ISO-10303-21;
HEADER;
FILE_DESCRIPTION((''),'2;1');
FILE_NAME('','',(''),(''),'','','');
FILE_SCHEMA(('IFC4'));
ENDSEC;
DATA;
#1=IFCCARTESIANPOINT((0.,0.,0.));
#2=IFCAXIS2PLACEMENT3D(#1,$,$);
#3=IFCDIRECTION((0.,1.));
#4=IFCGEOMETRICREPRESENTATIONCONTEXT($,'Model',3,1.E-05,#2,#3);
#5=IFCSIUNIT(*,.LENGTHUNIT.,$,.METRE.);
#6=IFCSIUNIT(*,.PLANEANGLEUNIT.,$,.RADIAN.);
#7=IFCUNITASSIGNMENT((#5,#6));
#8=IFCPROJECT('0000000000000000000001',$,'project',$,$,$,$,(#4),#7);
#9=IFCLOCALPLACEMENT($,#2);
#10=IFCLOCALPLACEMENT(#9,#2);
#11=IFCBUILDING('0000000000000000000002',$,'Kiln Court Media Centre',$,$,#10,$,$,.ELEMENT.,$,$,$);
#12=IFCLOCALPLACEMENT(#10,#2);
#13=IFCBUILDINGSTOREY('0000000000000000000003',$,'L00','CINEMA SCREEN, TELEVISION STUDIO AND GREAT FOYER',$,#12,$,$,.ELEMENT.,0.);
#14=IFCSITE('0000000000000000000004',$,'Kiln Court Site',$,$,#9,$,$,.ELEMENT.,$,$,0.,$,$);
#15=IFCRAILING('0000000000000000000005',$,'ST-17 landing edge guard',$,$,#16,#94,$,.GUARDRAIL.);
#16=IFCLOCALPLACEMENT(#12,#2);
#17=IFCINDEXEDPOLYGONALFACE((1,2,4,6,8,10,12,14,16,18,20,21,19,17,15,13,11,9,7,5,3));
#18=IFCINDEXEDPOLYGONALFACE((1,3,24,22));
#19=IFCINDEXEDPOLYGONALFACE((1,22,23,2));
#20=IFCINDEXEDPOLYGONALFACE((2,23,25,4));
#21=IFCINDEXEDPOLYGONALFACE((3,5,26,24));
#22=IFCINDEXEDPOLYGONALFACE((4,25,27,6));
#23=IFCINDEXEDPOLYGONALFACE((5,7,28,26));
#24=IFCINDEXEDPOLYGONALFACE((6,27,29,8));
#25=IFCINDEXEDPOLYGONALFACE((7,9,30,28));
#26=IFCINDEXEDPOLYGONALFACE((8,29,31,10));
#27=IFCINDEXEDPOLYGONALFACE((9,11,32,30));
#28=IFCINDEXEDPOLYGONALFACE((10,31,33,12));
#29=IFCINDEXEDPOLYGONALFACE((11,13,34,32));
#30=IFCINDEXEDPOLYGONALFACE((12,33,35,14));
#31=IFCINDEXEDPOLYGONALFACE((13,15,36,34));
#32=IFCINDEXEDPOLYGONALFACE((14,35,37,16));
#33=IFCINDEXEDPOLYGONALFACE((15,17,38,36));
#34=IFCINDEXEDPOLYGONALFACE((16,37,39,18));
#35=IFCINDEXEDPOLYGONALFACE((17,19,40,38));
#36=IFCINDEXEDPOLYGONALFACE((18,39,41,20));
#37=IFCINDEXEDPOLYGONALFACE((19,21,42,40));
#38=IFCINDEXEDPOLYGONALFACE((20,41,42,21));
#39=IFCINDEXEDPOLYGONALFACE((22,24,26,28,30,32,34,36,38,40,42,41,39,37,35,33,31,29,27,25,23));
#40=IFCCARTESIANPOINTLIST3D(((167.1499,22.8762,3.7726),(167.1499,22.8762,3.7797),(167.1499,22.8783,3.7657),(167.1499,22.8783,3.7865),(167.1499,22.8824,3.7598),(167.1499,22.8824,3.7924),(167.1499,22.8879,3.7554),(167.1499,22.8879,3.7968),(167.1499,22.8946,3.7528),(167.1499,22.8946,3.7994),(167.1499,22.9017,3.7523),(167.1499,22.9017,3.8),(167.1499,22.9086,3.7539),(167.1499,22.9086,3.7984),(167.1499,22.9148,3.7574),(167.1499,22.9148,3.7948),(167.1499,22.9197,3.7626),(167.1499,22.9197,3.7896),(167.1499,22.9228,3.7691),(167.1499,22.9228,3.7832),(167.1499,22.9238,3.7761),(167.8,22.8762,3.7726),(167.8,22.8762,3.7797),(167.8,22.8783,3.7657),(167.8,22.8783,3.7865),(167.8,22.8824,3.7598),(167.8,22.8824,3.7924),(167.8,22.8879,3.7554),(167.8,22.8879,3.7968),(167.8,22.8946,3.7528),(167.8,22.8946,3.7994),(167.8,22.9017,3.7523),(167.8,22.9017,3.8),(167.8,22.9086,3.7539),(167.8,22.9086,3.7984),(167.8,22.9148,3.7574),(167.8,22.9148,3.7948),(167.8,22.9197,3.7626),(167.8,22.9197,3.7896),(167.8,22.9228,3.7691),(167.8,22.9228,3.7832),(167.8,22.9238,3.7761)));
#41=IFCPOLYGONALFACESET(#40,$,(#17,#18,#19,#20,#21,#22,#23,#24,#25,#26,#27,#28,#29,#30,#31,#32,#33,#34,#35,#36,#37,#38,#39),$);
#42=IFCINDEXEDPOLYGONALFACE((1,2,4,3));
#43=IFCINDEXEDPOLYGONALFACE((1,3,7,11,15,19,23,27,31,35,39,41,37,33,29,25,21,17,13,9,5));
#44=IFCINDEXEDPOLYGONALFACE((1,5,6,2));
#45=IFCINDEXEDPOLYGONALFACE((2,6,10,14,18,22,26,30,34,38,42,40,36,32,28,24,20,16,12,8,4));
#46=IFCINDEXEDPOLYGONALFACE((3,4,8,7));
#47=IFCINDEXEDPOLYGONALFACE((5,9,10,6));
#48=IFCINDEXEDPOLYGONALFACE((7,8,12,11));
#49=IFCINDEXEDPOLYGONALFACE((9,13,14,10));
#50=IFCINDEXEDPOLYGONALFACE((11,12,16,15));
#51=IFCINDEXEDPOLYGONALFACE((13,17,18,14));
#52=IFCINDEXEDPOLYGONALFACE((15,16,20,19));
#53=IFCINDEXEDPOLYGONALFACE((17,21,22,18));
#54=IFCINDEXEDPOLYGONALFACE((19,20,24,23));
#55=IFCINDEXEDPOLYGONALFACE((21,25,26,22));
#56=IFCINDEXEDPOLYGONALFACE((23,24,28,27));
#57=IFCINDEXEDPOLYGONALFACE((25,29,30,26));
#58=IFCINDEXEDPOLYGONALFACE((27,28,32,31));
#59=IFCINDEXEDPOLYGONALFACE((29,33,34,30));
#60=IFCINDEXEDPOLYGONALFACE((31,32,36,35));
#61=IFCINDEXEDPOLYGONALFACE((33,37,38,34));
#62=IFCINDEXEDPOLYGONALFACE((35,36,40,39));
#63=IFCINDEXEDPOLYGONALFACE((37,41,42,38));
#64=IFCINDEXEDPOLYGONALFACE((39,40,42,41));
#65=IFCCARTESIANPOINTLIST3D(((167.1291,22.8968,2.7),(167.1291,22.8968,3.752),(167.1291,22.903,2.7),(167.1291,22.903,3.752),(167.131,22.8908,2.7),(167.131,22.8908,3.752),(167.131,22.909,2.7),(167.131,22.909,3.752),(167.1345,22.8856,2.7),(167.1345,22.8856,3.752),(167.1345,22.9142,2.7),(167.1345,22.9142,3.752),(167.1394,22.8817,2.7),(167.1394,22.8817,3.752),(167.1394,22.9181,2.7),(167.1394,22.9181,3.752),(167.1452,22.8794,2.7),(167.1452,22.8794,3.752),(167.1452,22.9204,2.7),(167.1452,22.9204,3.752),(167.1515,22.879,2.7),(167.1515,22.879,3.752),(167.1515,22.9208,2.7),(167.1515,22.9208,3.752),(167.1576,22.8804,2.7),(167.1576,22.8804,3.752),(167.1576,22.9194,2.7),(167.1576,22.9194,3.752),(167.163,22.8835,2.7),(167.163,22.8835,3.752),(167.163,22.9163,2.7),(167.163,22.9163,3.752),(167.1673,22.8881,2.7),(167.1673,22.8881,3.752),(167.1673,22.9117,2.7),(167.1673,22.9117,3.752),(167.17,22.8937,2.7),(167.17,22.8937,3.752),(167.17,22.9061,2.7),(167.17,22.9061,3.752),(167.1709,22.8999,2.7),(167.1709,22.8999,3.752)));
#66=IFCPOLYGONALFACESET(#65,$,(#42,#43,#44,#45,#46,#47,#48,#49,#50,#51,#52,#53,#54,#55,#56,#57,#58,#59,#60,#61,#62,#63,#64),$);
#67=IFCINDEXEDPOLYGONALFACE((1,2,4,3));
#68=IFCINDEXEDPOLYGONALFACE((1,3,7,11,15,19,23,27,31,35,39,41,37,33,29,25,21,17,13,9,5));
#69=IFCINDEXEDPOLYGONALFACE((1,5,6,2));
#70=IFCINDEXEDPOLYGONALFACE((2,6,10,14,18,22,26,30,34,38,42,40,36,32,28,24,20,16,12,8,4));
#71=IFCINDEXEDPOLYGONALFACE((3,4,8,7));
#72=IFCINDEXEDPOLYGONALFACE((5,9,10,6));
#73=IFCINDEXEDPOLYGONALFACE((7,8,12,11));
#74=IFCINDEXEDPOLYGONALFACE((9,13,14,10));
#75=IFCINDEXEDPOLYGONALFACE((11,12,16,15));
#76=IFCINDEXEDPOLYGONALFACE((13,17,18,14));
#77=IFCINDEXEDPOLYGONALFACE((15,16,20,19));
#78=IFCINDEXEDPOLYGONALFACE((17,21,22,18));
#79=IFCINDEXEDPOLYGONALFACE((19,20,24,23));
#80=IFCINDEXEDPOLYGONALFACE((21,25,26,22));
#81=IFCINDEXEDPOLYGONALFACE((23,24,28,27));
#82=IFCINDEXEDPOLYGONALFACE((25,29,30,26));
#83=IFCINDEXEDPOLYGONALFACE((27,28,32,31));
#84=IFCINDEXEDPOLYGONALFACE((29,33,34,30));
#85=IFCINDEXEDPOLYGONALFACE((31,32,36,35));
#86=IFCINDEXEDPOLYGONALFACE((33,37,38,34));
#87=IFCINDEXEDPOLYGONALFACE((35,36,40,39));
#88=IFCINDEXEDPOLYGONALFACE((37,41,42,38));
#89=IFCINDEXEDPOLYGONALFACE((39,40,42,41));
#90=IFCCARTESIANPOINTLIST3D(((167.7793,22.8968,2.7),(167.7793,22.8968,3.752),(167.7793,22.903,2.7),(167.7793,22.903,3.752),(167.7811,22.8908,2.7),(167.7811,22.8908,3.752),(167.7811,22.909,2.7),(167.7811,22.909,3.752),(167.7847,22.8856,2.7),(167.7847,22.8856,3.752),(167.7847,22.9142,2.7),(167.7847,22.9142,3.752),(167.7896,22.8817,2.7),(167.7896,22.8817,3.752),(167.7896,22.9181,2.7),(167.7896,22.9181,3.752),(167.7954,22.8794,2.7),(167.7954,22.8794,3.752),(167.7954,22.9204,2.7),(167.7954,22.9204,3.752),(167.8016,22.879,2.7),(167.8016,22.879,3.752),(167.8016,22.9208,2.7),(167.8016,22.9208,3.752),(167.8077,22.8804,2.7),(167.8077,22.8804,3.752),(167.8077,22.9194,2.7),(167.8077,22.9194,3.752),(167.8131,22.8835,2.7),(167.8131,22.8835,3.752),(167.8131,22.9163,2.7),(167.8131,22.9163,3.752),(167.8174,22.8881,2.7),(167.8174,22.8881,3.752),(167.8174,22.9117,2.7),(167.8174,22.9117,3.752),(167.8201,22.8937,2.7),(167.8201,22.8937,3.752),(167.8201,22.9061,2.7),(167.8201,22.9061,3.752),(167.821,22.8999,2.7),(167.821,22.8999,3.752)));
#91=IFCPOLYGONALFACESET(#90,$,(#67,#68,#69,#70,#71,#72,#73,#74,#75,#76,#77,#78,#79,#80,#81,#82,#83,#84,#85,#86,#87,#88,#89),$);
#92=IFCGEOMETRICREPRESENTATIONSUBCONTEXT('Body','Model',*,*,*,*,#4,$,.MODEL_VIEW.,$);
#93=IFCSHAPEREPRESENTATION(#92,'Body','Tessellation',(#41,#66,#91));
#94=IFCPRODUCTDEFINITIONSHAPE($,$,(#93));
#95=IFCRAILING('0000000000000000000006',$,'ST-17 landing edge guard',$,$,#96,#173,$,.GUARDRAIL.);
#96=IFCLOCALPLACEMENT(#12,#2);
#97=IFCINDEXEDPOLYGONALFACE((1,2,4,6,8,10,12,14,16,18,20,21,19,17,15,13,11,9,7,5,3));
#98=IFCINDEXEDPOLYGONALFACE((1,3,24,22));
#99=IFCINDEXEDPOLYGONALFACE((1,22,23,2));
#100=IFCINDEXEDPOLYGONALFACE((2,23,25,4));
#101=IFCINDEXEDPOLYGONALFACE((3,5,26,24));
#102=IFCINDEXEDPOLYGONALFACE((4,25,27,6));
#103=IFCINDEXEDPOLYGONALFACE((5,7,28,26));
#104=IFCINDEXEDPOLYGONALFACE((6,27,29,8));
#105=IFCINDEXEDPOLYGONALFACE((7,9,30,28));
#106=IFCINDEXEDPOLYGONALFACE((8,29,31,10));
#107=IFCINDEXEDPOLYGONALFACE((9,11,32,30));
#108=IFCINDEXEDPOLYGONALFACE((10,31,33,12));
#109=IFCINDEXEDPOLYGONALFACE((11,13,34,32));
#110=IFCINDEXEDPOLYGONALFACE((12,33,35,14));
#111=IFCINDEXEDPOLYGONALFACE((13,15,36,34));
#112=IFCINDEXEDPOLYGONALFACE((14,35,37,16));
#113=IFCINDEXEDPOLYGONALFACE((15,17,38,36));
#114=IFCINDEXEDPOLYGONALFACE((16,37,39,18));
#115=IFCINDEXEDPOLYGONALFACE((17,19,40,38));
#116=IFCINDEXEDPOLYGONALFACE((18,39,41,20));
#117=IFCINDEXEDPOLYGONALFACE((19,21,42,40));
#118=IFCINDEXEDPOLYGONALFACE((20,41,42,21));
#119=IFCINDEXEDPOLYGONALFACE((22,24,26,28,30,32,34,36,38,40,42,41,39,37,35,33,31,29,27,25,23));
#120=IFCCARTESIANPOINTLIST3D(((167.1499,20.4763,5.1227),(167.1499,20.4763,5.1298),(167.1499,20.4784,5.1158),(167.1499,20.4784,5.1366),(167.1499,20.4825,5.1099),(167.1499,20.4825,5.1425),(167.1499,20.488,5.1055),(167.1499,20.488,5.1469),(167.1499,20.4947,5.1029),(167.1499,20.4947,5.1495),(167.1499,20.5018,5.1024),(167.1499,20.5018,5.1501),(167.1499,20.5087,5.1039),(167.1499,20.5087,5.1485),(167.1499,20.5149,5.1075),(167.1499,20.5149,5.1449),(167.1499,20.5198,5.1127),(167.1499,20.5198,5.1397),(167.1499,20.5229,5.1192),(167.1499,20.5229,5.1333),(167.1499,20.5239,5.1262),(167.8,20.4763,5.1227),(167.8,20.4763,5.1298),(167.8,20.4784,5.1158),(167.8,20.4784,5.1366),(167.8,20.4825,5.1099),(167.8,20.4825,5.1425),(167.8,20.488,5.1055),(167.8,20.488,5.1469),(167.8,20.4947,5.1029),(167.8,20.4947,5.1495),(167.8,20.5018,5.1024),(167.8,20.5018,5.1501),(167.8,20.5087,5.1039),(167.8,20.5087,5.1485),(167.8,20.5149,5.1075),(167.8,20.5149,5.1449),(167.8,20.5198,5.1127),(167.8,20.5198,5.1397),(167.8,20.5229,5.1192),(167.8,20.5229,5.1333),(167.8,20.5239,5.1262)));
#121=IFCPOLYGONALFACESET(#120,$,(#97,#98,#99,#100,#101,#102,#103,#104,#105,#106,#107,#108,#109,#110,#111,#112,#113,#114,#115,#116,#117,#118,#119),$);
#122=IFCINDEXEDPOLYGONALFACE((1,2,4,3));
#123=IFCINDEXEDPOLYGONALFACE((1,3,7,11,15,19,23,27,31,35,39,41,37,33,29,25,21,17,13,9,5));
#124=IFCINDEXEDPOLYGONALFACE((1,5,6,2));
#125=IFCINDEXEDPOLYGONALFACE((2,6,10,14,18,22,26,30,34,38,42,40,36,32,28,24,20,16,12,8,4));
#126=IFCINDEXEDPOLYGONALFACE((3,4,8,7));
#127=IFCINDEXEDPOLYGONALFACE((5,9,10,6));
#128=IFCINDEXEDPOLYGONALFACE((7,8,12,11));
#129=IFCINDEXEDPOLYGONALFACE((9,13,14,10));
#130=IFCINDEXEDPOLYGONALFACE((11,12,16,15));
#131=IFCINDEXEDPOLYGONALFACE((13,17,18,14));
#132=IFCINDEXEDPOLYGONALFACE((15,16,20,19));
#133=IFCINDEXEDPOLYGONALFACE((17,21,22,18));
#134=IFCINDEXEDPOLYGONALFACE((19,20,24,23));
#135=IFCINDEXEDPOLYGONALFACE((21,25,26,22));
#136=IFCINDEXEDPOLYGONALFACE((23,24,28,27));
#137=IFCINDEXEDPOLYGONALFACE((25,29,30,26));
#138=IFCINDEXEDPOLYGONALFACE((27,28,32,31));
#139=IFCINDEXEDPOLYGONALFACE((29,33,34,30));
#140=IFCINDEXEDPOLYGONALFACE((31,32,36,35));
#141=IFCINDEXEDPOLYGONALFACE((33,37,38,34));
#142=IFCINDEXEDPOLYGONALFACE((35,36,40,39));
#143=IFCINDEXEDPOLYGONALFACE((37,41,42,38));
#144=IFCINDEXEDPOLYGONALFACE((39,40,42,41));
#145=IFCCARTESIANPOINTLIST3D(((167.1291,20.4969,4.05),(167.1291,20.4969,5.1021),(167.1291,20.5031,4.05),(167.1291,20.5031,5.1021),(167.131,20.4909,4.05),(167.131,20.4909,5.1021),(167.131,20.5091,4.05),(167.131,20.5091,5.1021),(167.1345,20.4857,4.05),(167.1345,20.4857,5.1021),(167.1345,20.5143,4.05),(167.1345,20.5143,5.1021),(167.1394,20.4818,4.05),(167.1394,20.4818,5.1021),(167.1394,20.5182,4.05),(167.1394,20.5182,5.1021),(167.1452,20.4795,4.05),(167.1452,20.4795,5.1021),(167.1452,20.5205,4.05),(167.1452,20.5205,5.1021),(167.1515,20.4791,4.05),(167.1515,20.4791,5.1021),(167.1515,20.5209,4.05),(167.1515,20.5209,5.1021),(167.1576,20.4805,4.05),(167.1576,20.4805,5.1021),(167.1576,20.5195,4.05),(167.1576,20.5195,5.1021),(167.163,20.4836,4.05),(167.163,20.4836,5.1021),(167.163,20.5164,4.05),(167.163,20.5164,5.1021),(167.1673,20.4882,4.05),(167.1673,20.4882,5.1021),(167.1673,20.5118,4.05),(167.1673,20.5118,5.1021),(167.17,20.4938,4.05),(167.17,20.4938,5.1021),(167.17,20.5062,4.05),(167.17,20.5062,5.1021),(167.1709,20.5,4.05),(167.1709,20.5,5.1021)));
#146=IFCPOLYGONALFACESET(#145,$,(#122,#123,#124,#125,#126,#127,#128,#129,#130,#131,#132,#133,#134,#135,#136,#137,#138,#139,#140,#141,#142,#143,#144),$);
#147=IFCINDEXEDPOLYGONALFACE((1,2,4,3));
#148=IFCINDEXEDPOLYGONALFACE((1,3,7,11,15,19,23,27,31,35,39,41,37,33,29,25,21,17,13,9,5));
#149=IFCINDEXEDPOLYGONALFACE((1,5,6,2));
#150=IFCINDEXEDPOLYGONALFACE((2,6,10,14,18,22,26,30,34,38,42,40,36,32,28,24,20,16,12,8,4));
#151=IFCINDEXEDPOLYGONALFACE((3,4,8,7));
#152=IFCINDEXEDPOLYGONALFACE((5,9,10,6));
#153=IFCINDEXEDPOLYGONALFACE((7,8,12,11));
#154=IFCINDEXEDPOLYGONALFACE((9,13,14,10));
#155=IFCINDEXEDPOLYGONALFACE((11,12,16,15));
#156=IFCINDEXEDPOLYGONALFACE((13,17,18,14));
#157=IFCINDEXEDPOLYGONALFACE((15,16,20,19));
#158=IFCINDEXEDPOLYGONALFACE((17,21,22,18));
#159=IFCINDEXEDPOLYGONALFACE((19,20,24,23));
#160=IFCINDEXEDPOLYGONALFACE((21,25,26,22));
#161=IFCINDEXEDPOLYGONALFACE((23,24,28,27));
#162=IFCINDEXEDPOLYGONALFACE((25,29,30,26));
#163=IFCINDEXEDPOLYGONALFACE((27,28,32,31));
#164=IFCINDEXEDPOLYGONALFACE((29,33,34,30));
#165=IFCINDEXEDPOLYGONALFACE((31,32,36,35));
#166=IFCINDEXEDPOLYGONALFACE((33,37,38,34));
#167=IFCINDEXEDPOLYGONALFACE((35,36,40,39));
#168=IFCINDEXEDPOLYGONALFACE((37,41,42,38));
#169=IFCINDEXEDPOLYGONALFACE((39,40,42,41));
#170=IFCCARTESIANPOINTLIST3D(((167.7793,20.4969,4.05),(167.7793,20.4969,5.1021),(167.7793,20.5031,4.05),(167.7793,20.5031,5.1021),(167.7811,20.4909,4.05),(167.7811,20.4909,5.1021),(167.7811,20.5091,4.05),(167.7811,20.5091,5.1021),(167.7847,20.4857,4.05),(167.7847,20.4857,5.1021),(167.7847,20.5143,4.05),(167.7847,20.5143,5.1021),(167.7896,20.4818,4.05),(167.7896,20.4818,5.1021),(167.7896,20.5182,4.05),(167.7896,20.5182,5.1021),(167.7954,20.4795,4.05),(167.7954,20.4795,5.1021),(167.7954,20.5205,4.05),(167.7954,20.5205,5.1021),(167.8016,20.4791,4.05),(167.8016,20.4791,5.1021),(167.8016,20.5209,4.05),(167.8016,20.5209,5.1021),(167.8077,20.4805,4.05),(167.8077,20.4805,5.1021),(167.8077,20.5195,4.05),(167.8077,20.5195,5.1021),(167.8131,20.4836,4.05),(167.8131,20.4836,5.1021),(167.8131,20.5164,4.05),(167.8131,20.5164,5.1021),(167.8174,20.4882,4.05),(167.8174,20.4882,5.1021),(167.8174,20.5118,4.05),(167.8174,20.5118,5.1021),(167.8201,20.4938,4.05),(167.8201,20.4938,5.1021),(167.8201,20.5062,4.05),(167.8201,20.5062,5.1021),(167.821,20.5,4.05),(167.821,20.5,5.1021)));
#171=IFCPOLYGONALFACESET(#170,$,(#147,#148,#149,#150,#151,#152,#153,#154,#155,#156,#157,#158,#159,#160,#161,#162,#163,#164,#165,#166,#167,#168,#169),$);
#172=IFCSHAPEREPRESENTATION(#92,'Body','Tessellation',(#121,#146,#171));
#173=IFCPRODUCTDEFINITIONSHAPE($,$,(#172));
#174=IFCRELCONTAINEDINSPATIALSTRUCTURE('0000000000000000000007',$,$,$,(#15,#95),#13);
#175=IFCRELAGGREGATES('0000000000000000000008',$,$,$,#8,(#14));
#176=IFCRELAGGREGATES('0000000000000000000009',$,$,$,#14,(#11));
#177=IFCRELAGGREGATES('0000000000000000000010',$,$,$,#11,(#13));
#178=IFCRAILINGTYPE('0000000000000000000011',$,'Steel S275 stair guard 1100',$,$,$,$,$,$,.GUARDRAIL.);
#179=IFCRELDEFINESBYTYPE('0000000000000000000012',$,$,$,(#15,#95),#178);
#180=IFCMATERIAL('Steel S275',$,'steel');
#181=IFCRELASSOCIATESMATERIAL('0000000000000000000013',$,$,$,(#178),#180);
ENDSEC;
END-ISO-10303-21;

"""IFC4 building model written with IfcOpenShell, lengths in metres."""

from ifc_helpers import new_model, si_unit, direction, frame, origin, origin_2d, place, context, subcontext, project, spatial, circle, extrude, material, type_object, element, save


model = new_model("IFC4")

# Units and contexts
model_context = context("Model", 3, precision=1e-05, world=origin(), true_north=direction((0.0, 1.0)))
body_context = subcontext(model_context, "Body", "Model", "MODEL_VIEW")
ifc_project = project(units=[si_unit("LENGTHUNIT", "METRE"), si_unit("PLANEANGLEUNIT", "RADIAN")], contexts=[model_context])

# Site, building, storey
site_placement = place(None, origin())
site = spatial("IfcSite", under=ifc_project, at=site_placement, Name="Kiln Court Site", CompositionType="ELEMENT", RefElevation=0.0)
building_placement = place(site_placement, origin())
building = spatial("IfcBuilding", under=site, at=building_placement, Name="Kiln Court Media Centre", CompositionType="ELEMENT")
storey_placement = place(building_placement, origin())
storey = spatial("IfcBuildingStorey", under=building, at=storey_placement, Name="L00", Description="CINEMA SCREEN, TELEVISION STUDIO AND GREAT FOYER", CompositionType="ELEMENT", Elevation=0.0)

# Railings
ifc_material_1 = material(Name="Steel S275", Category="steel")
railing_type_1 = type_object("IfcRailingType", Name="Steel S275 stair guard 1100", PredefinedType="GUARDRAIL", material=ifc_material_1)
for number, where, name in (
    (1, (167.1499, 22.8999, 2.7), "ST-17 landing edge guard"),
    (2, (167.1499, 20.5, 4.05), "ST-17 landing edge guard"),
):
    element("IfcRailing", number, at=place(storey_placement, frame(where)), inside=storey, type_object=railing_type_1, Name=name, PredefinedType="GUARDRAIL", context=body_context, shape_type="SweptSolid", body=[
        extrude(circle(Radius=0.0239, at=origin_2d()), frame((0.0, 0.0, 1.0762), z_axis=(1.0, 0.0, 0.0), x_axis=(0.0, 1.0, 0.0)), (0.0, 0.0, 1.0), 0.6501),
        extrude(circle(Radius=0.021, at=origin_2d()), origin(), (0.0, 0.0, 1.0), 1.052),
        extrude(circle(Radius=0.021, at=origin_2d()), frame((0.6501, 0.0, 0.0)), (0.0, 0.0, 1.0), 1.052),
    ])

save(model, "model.ifc")
